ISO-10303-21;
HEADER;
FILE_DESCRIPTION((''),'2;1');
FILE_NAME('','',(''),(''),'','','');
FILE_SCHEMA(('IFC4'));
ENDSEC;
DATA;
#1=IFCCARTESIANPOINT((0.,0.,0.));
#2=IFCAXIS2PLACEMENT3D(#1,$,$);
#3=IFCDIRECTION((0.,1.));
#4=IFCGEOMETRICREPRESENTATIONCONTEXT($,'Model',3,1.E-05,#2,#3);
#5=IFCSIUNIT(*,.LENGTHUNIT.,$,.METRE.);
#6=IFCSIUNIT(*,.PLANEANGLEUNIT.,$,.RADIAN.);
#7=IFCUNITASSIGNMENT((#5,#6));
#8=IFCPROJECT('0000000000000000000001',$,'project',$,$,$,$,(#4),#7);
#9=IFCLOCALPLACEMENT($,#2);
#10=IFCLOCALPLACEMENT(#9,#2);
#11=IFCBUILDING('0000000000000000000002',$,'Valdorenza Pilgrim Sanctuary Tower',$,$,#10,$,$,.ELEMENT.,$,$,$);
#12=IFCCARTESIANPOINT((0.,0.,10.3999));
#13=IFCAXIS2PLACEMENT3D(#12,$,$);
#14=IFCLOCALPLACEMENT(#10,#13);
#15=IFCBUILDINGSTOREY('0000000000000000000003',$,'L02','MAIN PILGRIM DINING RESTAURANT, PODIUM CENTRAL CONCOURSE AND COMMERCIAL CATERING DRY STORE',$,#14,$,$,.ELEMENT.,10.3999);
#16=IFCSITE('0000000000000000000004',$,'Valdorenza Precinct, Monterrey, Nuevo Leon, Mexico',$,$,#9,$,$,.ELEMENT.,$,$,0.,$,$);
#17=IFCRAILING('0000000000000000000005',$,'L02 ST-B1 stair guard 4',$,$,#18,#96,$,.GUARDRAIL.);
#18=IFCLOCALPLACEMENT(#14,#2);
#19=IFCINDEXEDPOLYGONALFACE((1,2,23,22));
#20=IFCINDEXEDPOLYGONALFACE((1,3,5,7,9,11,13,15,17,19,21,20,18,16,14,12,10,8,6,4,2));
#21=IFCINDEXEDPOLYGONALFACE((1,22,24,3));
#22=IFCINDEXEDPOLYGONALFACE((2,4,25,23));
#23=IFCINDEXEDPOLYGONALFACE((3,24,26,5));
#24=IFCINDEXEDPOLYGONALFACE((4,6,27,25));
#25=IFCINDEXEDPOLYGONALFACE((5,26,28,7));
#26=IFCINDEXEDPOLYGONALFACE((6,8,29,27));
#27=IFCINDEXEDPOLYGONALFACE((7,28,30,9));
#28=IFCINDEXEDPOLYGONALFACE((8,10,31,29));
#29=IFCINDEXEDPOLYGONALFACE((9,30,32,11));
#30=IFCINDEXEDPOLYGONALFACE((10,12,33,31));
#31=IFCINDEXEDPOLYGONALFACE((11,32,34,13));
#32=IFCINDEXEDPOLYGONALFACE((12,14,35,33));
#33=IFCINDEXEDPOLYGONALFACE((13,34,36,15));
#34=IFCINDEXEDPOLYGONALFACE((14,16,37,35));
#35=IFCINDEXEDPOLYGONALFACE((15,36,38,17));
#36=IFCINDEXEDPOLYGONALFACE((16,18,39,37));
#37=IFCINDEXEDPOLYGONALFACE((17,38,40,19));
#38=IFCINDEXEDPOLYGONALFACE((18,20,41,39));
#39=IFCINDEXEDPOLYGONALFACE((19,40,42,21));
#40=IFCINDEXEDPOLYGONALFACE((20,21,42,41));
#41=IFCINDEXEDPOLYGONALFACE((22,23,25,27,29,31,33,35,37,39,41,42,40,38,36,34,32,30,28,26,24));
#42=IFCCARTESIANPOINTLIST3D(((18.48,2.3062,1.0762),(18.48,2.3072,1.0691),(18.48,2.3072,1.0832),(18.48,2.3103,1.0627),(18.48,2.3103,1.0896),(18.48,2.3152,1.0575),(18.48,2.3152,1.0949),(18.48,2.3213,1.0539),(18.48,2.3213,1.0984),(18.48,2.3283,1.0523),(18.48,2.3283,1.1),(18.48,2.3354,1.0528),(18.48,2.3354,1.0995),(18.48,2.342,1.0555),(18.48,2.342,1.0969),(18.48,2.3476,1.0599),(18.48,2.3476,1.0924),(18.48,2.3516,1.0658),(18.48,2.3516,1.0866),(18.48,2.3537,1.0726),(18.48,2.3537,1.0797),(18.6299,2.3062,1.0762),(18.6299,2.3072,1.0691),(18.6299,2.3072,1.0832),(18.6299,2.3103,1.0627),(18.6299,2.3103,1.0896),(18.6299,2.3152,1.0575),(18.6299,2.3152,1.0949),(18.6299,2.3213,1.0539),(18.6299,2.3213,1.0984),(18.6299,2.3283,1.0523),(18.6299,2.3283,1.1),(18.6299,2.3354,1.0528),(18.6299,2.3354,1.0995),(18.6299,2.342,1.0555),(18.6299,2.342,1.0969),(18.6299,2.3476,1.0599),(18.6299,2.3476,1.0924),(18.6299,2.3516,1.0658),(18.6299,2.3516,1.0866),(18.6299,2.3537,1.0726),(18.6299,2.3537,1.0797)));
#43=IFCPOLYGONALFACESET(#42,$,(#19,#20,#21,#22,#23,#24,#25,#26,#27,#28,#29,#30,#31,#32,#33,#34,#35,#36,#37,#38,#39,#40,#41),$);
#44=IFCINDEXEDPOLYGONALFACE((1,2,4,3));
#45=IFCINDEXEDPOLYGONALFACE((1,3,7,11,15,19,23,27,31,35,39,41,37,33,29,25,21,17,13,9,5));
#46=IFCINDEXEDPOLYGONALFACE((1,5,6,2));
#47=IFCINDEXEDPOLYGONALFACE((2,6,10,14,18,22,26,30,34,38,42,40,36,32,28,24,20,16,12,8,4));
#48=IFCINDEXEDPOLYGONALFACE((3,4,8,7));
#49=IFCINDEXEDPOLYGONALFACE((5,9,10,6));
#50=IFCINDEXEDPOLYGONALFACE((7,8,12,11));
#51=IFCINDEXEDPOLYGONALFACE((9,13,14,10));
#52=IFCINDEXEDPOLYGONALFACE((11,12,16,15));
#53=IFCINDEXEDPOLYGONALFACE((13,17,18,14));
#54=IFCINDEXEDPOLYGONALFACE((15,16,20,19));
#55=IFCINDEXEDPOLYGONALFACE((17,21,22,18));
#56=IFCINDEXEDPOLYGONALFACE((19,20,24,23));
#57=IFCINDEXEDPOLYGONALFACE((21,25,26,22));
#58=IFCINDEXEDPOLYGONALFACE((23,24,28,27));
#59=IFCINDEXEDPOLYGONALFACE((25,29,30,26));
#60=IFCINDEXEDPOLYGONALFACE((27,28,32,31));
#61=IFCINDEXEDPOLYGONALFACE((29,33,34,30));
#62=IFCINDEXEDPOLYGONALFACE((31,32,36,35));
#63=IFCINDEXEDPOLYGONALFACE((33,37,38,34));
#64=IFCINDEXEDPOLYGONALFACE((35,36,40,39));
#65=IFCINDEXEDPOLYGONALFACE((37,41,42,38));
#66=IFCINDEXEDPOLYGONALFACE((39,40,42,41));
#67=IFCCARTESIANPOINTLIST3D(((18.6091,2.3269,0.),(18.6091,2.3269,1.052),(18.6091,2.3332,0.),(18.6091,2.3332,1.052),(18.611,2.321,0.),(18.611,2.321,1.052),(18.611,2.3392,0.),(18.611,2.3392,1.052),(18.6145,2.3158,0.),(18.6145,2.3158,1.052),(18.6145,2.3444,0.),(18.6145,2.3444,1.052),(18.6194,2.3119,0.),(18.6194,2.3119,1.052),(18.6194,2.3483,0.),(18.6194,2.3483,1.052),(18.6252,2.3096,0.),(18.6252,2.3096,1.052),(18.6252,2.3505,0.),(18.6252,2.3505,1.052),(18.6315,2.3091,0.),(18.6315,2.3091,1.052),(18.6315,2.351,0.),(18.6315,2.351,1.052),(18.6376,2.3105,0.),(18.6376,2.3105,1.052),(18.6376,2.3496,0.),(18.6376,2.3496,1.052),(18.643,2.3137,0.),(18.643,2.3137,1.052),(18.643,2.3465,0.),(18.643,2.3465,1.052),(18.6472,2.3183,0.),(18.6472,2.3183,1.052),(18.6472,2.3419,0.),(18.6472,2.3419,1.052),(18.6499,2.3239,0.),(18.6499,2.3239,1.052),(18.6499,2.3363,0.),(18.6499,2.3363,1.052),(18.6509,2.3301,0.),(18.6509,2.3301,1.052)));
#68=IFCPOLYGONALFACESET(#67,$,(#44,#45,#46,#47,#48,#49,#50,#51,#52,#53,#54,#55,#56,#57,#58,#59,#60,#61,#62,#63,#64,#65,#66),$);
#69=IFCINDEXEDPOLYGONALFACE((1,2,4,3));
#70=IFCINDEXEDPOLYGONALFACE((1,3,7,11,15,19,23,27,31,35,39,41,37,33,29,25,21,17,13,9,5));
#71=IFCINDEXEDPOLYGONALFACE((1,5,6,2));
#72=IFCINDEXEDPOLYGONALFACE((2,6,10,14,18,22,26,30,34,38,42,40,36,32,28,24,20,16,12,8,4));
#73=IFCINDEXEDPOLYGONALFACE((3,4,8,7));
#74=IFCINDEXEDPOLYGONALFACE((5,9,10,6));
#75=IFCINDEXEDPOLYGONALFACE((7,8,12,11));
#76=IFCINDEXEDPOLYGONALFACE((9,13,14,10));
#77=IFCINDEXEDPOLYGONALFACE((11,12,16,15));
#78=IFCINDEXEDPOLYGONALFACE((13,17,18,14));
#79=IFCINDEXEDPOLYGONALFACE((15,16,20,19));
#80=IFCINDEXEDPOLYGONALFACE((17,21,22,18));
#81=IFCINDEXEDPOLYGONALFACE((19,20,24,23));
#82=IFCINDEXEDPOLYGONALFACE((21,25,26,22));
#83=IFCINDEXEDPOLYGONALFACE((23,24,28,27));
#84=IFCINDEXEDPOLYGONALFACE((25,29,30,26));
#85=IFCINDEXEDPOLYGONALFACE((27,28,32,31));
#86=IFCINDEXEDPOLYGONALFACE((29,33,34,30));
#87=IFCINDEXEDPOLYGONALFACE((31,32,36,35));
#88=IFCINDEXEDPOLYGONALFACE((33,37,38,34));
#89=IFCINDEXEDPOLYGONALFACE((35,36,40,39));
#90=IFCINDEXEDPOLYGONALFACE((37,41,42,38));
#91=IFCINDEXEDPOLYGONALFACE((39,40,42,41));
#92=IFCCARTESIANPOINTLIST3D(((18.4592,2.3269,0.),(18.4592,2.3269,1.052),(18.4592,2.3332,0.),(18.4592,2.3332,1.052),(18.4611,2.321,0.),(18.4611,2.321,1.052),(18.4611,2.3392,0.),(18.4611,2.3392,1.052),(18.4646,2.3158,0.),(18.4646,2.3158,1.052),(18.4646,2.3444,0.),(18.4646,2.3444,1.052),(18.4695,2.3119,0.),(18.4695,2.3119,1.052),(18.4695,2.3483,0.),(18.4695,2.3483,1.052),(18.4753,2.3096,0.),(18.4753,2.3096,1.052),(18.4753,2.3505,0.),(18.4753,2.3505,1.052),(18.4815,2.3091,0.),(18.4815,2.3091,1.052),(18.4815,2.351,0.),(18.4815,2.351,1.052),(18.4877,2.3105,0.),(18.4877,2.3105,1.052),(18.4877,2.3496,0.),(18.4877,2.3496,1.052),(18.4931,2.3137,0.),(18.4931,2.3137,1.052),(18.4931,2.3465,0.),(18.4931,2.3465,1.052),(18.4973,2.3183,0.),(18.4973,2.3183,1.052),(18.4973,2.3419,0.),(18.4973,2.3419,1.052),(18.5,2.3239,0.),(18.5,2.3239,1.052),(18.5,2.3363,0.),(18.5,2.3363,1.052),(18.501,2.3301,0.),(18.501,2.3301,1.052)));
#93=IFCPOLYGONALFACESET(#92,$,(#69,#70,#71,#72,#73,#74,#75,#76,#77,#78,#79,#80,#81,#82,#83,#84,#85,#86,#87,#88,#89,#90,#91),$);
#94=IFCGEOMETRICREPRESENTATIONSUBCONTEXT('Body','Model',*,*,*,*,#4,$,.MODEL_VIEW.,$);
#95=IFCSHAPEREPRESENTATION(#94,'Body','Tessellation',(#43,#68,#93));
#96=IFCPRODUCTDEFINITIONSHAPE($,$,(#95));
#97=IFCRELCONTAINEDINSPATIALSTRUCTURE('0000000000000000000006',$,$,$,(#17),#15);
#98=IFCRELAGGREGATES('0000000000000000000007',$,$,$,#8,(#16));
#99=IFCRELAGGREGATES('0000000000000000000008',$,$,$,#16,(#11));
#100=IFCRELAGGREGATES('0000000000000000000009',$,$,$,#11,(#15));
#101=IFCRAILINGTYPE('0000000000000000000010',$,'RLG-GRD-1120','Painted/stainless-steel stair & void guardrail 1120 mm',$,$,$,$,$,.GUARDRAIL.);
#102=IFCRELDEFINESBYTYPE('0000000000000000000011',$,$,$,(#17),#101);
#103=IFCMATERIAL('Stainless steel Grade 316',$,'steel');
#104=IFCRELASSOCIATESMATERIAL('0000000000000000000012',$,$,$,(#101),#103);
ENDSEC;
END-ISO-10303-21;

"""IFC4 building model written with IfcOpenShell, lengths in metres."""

from ifc_helpers import new_model, si_unit, direction, frame, origin, origin_2d, place, context, subcontext, project, spatial, circle, extrude, material, type_object, element, save


model = new_model("IFC4")

# Units and contexts
model_context = context("Model", 3, precision=1e-05, world=origin(), true_north=direction((0.0, 1.0)))
body_context = subcontext(model_context, "Body", "Model", "MODEL_VIEW")
ifc_project = project(units=[si_unit("LENGTHUNIT", "METRE"), si_unit("PLANEANGLEUNIT", "RADIAN")], contexts=[model_context])

# Site, building, storey
site_placement = place(None, origin())
site = spatial("IfcSite", under=ifc_project, at=site_placement, Name="Valdorenza Precinct, Monterrey, Nuevo Leon, Mexico", CompositionType="ELEMENT", RefElevation=0.0)
building_placement = place(site_placement, origin())
building = spatial("IfcBuilding", under=site, at=building_placement, Name="Valdorenza Pilgrim Sanctuary Tower", CompositionType="ELEMENT")
storey_placement = place(building_placement, frame((0.0, 0.0, 10.3999)))
storey = spatial("IfcBuildingStorey", under=building, at=storey_placement, Name="L02", Description="MAIN PILGRIM DINING RESTAURANT, PODIUM CENTRAL CONCOURSE AND COMMERCIAL CATERING DRY STORE", CompositionType="ELEMENT", Elevation=10.3999)

# Railing
ifc_material_1 = material(Name="Stainless steel Grade 316", Category="steel")
railing_type_1 = type_object("IfcRailingType", Name="RLG-GRD-1120", Description="Painted/stainless-steel stair & void guardrail 1120 mm", PredefinedType="GUARDRAIL", material=ifc_material_1)
railing_1_placement = place(storey_placement, frame((18.6299, 2.3301, 0.0)))
element("IfcRailing", 1, at=railing_1_placement, inside=storey, type_object=railing_type_1, Name="L02 ST-B1 stair guard 4", PredefinedType="GUARDRAIL", context=body_context, shape_type="SweptSolid", body=[
    extrude(circle(Radius=0.0239, at=origin_2d()), frame((0.0, 0.0, 1.0762), z_axis=(-1.0, 0.0, 0.0), x_axis=(0.0, -1.0, 0.0)), (0.0, 0.0, 1.0), 0.1499),
    extrude(circle(Radius=0.021, at=origin_2d()), origin(), (0.0, 0.0, 1.0), 1.052),
    extrude(circle(Radius=0.021, at=origin_2d()), frame((-0.1499, 0.0, 0.0)), (0.0, 0.0, 1.0), 1.052),
])

save(model, "model.ifc")
